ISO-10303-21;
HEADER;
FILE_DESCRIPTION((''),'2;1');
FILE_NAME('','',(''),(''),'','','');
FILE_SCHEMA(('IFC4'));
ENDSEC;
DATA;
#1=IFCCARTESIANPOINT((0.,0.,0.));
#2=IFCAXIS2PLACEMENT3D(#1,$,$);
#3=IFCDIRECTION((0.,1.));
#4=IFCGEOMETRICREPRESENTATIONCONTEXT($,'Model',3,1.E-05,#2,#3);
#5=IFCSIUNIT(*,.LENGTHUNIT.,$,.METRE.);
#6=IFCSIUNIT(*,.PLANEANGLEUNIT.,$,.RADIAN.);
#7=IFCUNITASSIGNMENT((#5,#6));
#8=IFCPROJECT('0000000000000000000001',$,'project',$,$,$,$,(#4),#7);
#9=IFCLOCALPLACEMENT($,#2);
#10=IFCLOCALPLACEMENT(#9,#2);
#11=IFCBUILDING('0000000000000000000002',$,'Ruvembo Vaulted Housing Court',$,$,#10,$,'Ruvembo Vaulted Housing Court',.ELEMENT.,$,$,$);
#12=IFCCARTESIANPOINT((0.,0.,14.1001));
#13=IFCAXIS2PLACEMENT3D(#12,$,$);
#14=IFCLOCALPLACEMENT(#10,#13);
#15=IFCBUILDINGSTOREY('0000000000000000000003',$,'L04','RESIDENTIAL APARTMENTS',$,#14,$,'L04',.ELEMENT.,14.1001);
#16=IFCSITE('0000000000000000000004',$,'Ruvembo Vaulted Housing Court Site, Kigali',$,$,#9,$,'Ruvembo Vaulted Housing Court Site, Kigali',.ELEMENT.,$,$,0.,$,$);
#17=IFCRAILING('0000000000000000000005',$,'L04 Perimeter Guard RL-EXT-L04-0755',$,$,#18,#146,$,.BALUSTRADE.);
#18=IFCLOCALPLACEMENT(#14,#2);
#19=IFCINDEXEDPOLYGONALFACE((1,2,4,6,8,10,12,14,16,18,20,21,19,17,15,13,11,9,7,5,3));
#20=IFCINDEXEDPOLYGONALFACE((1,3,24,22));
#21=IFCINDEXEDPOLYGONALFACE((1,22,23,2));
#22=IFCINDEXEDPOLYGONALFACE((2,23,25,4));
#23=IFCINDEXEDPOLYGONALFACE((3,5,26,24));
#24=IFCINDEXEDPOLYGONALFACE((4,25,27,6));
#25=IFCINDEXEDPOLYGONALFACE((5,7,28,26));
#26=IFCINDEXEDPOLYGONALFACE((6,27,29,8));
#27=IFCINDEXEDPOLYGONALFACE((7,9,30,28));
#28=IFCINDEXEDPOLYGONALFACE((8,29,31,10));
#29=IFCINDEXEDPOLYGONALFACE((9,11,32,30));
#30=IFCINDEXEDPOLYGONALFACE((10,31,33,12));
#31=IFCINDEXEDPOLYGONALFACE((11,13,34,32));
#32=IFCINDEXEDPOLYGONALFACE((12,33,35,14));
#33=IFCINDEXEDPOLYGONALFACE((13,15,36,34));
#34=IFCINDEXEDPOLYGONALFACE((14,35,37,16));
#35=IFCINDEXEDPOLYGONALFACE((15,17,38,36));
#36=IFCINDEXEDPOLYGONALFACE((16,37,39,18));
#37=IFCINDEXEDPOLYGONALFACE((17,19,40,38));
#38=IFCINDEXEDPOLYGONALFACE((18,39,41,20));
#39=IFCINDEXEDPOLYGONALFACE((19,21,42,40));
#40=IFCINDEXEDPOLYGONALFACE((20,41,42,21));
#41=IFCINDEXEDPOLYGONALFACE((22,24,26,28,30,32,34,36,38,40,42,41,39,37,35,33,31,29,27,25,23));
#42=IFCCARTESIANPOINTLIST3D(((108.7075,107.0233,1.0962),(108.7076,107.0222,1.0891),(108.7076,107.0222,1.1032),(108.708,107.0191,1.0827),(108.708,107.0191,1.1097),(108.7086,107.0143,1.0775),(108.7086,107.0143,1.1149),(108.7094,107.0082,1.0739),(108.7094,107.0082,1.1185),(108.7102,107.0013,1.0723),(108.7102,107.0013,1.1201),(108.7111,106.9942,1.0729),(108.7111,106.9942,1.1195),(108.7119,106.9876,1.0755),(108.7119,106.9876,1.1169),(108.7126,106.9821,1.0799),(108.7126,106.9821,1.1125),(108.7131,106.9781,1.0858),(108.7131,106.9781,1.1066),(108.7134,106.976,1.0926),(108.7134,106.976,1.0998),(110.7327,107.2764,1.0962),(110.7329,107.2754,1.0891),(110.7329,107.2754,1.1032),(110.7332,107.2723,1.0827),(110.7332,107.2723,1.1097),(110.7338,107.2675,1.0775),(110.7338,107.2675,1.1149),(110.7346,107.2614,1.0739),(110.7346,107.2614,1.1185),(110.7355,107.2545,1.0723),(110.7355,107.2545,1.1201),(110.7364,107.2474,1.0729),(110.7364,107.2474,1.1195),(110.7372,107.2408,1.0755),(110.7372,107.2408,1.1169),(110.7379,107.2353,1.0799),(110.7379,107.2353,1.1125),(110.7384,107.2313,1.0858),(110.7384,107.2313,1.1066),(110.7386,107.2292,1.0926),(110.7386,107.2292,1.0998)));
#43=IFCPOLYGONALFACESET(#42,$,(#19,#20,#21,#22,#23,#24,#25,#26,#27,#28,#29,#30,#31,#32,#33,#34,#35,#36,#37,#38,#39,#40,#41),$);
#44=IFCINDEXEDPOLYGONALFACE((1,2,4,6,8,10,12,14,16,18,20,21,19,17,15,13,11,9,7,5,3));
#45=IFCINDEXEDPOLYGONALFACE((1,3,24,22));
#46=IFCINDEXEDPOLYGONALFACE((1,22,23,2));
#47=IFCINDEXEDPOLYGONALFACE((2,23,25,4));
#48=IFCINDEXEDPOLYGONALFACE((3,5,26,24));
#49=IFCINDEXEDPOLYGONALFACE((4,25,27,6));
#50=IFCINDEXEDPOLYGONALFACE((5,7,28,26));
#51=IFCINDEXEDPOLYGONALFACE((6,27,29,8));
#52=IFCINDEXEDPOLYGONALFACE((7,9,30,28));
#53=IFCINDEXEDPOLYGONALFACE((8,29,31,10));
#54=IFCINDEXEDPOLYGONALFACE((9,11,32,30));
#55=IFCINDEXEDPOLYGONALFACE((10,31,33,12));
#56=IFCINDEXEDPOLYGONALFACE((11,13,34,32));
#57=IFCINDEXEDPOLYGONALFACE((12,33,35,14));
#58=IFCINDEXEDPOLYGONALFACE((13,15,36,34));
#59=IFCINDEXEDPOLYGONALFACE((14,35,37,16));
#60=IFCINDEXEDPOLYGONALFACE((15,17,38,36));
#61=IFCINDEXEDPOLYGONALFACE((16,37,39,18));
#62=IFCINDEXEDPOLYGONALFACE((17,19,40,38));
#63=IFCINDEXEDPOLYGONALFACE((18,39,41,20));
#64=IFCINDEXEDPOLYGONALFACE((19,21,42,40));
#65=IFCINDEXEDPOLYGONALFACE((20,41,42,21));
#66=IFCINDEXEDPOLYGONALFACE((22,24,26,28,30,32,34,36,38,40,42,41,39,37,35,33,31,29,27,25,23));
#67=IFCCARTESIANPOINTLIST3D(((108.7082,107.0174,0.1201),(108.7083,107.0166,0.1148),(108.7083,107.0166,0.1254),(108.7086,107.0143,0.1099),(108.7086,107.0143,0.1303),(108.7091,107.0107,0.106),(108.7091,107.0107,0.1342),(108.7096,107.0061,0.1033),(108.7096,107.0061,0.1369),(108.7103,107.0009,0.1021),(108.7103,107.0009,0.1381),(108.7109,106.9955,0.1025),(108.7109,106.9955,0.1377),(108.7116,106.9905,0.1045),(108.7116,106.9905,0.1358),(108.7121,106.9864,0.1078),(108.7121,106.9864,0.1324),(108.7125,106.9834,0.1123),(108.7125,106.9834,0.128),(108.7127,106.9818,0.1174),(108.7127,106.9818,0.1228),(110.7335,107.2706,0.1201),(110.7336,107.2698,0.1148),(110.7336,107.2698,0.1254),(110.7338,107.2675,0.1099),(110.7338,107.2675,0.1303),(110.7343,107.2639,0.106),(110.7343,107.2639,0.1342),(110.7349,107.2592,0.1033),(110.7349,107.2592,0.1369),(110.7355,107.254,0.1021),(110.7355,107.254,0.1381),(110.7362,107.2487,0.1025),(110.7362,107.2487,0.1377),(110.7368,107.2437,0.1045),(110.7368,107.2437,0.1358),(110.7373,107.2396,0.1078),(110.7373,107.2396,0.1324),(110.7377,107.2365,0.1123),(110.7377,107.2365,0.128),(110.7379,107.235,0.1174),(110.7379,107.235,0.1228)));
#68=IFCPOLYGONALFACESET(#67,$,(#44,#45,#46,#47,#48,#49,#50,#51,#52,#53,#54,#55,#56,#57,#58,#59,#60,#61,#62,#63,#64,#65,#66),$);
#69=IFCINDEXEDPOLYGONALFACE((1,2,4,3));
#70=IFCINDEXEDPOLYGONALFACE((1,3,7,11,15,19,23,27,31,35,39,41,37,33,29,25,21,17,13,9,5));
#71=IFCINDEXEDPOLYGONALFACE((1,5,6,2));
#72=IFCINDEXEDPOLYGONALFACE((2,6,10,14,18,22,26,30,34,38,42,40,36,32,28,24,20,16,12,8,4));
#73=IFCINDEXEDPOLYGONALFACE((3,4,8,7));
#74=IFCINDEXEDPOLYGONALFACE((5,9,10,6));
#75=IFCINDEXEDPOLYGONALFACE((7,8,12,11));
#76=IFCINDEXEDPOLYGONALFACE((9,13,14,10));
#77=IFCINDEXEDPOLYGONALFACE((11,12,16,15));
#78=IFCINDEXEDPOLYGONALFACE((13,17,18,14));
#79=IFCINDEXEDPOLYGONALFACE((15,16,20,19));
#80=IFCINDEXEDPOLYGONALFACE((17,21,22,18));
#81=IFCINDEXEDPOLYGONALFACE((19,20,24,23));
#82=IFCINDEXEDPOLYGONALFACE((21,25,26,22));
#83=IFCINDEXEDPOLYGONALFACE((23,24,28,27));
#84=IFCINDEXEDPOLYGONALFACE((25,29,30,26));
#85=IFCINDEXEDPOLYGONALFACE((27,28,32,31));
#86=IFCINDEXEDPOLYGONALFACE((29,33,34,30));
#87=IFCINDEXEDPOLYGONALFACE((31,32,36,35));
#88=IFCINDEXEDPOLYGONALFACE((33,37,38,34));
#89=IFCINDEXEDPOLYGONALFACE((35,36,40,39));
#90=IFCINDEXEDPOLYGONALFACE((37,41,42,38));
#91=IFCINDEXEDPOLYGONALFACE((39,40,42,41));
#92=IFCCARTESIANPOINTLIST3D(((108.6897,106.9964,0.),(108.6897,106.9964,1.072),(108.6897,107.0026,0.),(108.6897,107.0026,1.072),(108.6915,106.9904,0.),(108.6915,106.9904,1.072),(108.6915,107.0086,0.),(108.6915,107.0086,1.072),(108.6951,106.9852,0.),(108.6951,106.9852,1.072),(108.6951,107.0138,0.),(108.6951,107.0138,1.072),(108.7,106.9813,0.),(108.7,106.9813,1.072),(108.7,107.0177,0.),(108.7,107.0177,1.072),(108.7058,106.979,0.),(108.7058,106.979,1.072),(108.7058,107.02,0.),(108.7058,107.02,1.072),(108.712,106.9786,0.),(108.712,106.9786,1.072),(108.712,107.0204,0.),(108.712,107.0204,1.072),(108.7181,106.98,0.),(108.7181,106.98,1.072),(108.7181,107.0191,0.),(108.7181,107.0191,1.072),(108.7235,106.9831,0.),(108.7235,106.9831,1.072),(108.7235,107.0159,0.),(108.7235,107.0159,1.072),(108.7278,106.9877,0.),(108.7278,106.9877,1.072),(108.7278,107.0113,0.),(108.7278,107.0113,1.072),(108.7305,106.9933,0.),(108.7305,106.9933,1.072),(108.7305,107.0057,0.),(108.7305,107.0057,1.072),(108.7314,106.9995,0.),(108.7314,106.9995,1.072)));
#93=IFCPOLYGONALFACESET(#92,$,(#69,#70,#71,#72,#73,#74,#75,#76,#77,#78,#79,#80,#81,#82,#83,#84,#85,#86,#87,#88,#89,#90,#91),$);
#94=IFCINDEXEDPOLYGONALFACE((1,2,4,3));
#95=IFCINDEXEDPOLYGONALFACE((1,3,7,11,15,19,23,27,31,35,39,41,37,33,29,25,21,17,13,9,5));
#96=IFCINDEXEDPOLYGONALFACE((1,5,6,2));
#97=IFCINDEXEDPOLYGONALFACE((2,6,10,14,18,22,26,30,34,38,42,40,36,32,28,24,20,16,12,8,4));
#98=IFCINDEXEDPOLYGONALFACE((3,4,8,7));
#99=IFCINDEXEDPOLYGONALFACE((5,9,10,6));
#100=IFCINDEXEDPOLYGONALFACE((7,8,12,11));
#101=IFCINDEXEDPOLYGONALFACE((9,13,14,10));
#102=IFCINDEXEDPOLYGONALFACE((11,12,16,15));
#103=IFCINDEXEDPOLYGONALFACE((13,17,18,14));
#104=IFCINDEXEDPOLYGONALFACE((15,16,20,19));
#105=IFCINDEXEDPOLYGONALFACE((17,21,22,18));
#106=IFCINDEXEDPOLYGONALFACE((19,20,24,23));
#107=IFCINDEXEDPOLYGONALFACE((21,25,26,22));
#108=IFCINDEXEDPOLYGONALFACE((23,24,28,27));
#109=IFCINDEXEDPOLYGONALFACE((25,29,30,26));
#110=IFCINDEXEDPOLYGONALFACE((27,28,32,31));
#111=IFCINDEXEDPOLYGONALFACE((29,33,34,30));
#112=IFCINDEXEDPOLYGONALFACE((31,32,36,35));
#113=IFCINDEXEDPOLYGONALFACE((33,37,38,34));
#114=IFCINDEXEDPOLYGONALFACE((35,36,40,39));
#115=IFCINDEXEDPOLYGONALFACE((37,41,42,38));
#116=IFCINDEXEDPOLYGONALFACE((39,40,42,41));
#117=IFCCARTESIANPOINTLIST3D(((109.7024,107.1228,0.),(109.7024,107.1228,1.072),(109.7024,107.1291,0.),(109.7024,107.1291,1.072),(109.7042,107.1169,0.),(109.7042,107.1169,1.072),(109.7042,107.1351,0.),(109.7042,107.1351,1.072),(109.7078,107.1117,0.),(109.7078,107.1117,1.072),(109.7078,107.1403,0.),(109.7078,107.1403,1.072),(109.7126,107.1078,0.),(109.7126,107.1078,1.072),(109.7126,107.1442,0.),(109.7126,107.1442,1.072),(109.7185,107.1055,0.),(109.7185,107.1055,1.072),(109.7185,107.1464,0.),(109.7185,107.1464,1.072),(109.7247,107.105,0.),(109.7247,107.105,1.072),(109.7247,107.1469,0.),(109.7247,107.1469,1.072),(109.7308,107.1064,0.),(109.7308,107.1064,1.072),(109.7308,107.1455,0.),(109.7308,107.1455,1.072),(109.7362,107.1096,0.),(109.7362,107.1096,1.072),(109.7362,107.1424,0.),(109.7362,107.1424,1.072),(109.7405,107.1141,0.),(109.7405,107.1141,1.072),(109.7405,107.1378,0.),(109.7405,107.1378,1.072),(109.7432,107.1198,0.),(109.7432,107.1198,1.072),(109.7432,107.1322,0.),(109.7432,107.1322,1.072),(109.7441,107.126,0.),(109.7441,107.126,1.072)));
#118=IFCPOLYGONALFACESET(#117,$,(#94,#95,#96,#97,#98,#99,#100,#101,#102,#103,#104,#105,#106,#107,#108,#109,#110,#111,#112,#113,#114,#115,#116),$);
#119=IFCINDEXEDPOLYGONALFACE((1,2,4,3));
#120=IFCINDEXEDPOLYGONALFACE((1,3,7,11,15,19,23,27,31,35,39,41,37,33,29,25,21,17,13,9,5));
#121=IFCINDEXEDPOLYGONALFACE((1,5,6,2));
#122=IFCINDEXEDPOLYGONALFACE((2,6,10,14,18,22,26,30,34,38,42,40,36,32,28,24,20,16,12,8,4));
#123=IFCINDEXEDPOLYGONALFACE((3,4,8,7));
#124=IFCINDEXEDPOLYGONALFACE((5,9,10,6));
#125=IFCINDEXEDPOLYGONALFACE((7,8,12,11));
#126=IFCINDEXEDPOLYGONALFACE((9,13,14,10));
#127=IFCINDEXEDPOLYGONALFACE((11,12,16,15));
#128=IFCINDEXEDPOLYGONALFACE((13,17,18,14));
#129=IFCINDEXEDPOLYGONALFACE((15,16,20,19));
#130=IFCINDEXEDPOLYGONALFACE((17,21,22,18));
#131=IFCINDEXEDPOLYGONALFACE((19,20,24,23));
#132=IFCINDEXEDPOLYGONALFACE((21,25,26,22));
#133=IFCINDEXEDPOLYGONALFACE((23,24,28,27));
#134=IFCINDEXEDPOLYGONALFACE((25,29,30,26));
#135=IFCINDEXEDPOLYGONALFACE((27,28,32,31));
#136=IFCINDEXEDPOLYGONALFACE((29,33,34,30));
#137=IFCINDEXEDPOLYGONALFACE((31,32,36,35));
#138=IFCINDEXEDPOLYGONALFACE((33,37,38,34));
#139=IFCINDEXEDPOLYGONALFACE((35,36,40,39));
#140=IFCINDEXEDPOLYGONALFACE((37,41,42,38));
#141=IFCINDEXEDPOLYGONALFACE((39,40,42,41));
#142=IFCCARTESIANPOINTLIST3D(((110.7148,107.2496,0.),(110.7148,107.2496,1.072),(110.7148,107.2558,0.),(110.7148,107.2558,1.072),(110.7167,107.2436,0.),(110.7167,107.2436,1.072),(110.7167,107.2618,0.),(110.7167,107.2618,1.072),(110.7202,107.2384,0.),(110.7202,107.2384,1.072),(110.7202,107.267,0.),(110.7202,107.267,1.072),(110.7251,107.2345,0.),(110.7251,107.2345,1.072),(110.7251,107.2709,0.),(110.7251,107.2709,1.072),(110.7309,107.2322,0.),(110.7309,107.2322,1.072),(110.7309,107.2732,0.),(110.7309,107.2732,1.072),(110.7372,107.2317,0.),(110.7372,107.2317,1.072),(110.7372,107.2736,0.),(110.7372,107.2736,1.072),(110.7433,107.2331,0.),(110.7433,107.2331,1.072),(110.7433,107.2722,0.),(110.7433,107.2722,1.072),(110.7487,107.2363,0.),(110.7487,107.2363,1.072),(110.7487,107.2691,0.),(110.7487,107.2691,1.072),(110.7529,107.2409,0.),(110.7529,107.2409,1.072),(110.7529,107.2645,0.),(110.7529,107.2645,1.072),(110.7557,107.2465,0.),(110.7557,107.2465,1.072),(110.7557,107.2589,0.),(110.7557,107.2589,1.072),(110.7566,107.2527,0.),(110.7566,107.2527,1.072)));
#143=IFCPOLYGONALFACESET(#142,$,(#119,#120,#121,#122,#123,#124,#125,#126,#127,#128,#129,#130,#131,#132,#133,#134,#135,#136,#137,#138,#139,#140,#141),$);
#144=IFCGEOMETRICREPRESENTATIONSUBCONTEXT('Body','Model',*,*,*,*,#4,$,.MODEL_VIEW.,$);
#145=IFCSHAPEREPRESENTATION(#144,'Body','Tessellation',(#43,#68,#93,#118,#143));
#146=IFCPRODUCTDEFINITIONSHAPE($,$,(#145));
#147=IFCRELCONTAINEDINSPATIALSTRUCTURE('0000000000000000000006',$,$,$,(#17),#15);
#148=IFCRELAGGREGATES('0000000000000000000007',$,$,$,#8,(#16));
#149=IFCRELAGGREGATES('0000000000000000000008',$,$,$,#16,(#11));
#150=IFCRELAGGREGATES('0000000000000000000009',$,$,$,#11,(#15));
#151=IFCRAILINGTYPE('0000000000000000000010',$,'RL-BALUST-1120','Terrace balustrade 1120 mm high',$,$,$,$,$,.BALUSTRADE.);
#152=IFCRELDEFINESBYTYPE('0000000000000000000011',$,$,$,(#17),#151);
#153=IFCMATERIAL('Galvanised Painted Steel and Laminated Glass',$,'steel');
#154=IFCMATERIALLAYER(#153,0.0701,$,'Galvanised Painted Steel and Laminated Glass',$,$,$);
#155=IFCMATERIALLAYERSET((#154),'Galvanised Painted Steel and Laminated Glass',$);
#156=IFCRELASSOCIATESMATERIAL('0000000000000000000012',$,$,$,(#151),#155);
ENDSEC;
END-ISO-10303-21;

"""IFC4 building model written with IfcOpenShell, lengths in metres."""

from ifc_helpers import new_model, si_unit, direction, frame, origin, origin_2d, place, context, subcontext, project, spatial, circle, extrude, material, layer, layer_set, type_object, element, save


model = new_model("IFC4")

# Units and contexts
model_context = context("Model", 3, precision=1e-05, world=origin(), true_north=direction((0.0, 1.0)))
body_context = subcontext(model_context, "Body", "Model", "MODEL_VIEW")
ifc_project = project(units=[si_unit("LENGTHUNIT", "METRE"), si_unit("PLANEANGLEUNIT", "RADIAN")], contexts=[model_context])

# Site, building, storey
site_placement = place(None, origin())
site = spatial("IfcSite", under=ifc_project, at=site_placement, Name="Ruvembo Vaulted Housing Court Site, Kigali", LongName="Ruvembo Vaulted Housing Court Site, Kigali", CompositionType="ELEMENT", RefElevation=0.0)
building_placement = place(site_placement, origin())
building = spatial("IfcBuilding", under=site, at=building_placement, Name="Ruvembo Vaulted Housing Court", LongName="Ruvembo Vaulted Housing Court", CompositionType="ELEMENT")
storey_placement = place(building_placement, frame((0.0, 0.0, 14.1001)))
storey = spatial("IfcBuildingStorey", under=building, at=storey_placement, Name="L04", Description="RESIDENTIAL APARTMENTS", LongName="L04", CompositionType="ELEMENT", Elevation=14.1001)

# Railing
ifc_material_1 = material(Name="Galvanised Painted Steel and Laminated Glass", Category="steel")
ifc_layer_1 = layer(ifc_material_1, 0.0701, Name="Galvanised Painted Steel and Laminated Glass")
ifc_layer_set_1 = layer_set([ifc_layer_1], Name="Galvanised Painted Steel and Laminated Glass")
railing_type = type_object("IfcRailingType", Name="RL-BALUST-1120", Description="Terrace balustrade 1120 mm high", PredefinedType="BALUSTRADE", material=ifc_layer_set_1)
railing_1_placement = place(storey_placement, frame((108.7104, 106.9995, 0.0)))
element("IfcRailing", 1, at=railing_1_placement, inside=storey, type_object=railing_type, Name="L04 Perimeter Guard RL-EXT-L04-0755", PredefinedType="BALUSTRADE", context=body_context, shape_type="SweptSolid", body=[
    extrude(circle(Radius=0.0239, at=origin_2d()), frame((0.0, 0.0, 1.0962), z_axis=(0.992276, 0.124049, 0.0), x_axis=(-0.124049, 0.992276, 0.0)), (0.0, 0.0, 1.0), 2.041),
    extrude(circle(Radius=0.0181, at=origin_2d()), frame((0.0, 0.0, 0.1201), z_axis=(0.992276, 0.124049, 0.0), x_axis=(-0.124049, 0.992276, 0.0)), (0.0, 0.0, 1.0), 2.041),
    extrude(circle(Radius=0.021, at=origin_2d()), origin(), (0.0, 0.0, 1.0), 1.072),
    extrude(circle(Radius=0.021, at=origin_2d()), frame((1.0127, 0.1265, 0.0)), (0.0, 0.0, 1.0), 1.072),
    extrude(circle(Radius=0.021, at=origin_2d()), frame((2.0251, 0.2532, 0.0)), (0.0, 0.0, 1.0), 1.072),
])

save(model, "model.ifc")
